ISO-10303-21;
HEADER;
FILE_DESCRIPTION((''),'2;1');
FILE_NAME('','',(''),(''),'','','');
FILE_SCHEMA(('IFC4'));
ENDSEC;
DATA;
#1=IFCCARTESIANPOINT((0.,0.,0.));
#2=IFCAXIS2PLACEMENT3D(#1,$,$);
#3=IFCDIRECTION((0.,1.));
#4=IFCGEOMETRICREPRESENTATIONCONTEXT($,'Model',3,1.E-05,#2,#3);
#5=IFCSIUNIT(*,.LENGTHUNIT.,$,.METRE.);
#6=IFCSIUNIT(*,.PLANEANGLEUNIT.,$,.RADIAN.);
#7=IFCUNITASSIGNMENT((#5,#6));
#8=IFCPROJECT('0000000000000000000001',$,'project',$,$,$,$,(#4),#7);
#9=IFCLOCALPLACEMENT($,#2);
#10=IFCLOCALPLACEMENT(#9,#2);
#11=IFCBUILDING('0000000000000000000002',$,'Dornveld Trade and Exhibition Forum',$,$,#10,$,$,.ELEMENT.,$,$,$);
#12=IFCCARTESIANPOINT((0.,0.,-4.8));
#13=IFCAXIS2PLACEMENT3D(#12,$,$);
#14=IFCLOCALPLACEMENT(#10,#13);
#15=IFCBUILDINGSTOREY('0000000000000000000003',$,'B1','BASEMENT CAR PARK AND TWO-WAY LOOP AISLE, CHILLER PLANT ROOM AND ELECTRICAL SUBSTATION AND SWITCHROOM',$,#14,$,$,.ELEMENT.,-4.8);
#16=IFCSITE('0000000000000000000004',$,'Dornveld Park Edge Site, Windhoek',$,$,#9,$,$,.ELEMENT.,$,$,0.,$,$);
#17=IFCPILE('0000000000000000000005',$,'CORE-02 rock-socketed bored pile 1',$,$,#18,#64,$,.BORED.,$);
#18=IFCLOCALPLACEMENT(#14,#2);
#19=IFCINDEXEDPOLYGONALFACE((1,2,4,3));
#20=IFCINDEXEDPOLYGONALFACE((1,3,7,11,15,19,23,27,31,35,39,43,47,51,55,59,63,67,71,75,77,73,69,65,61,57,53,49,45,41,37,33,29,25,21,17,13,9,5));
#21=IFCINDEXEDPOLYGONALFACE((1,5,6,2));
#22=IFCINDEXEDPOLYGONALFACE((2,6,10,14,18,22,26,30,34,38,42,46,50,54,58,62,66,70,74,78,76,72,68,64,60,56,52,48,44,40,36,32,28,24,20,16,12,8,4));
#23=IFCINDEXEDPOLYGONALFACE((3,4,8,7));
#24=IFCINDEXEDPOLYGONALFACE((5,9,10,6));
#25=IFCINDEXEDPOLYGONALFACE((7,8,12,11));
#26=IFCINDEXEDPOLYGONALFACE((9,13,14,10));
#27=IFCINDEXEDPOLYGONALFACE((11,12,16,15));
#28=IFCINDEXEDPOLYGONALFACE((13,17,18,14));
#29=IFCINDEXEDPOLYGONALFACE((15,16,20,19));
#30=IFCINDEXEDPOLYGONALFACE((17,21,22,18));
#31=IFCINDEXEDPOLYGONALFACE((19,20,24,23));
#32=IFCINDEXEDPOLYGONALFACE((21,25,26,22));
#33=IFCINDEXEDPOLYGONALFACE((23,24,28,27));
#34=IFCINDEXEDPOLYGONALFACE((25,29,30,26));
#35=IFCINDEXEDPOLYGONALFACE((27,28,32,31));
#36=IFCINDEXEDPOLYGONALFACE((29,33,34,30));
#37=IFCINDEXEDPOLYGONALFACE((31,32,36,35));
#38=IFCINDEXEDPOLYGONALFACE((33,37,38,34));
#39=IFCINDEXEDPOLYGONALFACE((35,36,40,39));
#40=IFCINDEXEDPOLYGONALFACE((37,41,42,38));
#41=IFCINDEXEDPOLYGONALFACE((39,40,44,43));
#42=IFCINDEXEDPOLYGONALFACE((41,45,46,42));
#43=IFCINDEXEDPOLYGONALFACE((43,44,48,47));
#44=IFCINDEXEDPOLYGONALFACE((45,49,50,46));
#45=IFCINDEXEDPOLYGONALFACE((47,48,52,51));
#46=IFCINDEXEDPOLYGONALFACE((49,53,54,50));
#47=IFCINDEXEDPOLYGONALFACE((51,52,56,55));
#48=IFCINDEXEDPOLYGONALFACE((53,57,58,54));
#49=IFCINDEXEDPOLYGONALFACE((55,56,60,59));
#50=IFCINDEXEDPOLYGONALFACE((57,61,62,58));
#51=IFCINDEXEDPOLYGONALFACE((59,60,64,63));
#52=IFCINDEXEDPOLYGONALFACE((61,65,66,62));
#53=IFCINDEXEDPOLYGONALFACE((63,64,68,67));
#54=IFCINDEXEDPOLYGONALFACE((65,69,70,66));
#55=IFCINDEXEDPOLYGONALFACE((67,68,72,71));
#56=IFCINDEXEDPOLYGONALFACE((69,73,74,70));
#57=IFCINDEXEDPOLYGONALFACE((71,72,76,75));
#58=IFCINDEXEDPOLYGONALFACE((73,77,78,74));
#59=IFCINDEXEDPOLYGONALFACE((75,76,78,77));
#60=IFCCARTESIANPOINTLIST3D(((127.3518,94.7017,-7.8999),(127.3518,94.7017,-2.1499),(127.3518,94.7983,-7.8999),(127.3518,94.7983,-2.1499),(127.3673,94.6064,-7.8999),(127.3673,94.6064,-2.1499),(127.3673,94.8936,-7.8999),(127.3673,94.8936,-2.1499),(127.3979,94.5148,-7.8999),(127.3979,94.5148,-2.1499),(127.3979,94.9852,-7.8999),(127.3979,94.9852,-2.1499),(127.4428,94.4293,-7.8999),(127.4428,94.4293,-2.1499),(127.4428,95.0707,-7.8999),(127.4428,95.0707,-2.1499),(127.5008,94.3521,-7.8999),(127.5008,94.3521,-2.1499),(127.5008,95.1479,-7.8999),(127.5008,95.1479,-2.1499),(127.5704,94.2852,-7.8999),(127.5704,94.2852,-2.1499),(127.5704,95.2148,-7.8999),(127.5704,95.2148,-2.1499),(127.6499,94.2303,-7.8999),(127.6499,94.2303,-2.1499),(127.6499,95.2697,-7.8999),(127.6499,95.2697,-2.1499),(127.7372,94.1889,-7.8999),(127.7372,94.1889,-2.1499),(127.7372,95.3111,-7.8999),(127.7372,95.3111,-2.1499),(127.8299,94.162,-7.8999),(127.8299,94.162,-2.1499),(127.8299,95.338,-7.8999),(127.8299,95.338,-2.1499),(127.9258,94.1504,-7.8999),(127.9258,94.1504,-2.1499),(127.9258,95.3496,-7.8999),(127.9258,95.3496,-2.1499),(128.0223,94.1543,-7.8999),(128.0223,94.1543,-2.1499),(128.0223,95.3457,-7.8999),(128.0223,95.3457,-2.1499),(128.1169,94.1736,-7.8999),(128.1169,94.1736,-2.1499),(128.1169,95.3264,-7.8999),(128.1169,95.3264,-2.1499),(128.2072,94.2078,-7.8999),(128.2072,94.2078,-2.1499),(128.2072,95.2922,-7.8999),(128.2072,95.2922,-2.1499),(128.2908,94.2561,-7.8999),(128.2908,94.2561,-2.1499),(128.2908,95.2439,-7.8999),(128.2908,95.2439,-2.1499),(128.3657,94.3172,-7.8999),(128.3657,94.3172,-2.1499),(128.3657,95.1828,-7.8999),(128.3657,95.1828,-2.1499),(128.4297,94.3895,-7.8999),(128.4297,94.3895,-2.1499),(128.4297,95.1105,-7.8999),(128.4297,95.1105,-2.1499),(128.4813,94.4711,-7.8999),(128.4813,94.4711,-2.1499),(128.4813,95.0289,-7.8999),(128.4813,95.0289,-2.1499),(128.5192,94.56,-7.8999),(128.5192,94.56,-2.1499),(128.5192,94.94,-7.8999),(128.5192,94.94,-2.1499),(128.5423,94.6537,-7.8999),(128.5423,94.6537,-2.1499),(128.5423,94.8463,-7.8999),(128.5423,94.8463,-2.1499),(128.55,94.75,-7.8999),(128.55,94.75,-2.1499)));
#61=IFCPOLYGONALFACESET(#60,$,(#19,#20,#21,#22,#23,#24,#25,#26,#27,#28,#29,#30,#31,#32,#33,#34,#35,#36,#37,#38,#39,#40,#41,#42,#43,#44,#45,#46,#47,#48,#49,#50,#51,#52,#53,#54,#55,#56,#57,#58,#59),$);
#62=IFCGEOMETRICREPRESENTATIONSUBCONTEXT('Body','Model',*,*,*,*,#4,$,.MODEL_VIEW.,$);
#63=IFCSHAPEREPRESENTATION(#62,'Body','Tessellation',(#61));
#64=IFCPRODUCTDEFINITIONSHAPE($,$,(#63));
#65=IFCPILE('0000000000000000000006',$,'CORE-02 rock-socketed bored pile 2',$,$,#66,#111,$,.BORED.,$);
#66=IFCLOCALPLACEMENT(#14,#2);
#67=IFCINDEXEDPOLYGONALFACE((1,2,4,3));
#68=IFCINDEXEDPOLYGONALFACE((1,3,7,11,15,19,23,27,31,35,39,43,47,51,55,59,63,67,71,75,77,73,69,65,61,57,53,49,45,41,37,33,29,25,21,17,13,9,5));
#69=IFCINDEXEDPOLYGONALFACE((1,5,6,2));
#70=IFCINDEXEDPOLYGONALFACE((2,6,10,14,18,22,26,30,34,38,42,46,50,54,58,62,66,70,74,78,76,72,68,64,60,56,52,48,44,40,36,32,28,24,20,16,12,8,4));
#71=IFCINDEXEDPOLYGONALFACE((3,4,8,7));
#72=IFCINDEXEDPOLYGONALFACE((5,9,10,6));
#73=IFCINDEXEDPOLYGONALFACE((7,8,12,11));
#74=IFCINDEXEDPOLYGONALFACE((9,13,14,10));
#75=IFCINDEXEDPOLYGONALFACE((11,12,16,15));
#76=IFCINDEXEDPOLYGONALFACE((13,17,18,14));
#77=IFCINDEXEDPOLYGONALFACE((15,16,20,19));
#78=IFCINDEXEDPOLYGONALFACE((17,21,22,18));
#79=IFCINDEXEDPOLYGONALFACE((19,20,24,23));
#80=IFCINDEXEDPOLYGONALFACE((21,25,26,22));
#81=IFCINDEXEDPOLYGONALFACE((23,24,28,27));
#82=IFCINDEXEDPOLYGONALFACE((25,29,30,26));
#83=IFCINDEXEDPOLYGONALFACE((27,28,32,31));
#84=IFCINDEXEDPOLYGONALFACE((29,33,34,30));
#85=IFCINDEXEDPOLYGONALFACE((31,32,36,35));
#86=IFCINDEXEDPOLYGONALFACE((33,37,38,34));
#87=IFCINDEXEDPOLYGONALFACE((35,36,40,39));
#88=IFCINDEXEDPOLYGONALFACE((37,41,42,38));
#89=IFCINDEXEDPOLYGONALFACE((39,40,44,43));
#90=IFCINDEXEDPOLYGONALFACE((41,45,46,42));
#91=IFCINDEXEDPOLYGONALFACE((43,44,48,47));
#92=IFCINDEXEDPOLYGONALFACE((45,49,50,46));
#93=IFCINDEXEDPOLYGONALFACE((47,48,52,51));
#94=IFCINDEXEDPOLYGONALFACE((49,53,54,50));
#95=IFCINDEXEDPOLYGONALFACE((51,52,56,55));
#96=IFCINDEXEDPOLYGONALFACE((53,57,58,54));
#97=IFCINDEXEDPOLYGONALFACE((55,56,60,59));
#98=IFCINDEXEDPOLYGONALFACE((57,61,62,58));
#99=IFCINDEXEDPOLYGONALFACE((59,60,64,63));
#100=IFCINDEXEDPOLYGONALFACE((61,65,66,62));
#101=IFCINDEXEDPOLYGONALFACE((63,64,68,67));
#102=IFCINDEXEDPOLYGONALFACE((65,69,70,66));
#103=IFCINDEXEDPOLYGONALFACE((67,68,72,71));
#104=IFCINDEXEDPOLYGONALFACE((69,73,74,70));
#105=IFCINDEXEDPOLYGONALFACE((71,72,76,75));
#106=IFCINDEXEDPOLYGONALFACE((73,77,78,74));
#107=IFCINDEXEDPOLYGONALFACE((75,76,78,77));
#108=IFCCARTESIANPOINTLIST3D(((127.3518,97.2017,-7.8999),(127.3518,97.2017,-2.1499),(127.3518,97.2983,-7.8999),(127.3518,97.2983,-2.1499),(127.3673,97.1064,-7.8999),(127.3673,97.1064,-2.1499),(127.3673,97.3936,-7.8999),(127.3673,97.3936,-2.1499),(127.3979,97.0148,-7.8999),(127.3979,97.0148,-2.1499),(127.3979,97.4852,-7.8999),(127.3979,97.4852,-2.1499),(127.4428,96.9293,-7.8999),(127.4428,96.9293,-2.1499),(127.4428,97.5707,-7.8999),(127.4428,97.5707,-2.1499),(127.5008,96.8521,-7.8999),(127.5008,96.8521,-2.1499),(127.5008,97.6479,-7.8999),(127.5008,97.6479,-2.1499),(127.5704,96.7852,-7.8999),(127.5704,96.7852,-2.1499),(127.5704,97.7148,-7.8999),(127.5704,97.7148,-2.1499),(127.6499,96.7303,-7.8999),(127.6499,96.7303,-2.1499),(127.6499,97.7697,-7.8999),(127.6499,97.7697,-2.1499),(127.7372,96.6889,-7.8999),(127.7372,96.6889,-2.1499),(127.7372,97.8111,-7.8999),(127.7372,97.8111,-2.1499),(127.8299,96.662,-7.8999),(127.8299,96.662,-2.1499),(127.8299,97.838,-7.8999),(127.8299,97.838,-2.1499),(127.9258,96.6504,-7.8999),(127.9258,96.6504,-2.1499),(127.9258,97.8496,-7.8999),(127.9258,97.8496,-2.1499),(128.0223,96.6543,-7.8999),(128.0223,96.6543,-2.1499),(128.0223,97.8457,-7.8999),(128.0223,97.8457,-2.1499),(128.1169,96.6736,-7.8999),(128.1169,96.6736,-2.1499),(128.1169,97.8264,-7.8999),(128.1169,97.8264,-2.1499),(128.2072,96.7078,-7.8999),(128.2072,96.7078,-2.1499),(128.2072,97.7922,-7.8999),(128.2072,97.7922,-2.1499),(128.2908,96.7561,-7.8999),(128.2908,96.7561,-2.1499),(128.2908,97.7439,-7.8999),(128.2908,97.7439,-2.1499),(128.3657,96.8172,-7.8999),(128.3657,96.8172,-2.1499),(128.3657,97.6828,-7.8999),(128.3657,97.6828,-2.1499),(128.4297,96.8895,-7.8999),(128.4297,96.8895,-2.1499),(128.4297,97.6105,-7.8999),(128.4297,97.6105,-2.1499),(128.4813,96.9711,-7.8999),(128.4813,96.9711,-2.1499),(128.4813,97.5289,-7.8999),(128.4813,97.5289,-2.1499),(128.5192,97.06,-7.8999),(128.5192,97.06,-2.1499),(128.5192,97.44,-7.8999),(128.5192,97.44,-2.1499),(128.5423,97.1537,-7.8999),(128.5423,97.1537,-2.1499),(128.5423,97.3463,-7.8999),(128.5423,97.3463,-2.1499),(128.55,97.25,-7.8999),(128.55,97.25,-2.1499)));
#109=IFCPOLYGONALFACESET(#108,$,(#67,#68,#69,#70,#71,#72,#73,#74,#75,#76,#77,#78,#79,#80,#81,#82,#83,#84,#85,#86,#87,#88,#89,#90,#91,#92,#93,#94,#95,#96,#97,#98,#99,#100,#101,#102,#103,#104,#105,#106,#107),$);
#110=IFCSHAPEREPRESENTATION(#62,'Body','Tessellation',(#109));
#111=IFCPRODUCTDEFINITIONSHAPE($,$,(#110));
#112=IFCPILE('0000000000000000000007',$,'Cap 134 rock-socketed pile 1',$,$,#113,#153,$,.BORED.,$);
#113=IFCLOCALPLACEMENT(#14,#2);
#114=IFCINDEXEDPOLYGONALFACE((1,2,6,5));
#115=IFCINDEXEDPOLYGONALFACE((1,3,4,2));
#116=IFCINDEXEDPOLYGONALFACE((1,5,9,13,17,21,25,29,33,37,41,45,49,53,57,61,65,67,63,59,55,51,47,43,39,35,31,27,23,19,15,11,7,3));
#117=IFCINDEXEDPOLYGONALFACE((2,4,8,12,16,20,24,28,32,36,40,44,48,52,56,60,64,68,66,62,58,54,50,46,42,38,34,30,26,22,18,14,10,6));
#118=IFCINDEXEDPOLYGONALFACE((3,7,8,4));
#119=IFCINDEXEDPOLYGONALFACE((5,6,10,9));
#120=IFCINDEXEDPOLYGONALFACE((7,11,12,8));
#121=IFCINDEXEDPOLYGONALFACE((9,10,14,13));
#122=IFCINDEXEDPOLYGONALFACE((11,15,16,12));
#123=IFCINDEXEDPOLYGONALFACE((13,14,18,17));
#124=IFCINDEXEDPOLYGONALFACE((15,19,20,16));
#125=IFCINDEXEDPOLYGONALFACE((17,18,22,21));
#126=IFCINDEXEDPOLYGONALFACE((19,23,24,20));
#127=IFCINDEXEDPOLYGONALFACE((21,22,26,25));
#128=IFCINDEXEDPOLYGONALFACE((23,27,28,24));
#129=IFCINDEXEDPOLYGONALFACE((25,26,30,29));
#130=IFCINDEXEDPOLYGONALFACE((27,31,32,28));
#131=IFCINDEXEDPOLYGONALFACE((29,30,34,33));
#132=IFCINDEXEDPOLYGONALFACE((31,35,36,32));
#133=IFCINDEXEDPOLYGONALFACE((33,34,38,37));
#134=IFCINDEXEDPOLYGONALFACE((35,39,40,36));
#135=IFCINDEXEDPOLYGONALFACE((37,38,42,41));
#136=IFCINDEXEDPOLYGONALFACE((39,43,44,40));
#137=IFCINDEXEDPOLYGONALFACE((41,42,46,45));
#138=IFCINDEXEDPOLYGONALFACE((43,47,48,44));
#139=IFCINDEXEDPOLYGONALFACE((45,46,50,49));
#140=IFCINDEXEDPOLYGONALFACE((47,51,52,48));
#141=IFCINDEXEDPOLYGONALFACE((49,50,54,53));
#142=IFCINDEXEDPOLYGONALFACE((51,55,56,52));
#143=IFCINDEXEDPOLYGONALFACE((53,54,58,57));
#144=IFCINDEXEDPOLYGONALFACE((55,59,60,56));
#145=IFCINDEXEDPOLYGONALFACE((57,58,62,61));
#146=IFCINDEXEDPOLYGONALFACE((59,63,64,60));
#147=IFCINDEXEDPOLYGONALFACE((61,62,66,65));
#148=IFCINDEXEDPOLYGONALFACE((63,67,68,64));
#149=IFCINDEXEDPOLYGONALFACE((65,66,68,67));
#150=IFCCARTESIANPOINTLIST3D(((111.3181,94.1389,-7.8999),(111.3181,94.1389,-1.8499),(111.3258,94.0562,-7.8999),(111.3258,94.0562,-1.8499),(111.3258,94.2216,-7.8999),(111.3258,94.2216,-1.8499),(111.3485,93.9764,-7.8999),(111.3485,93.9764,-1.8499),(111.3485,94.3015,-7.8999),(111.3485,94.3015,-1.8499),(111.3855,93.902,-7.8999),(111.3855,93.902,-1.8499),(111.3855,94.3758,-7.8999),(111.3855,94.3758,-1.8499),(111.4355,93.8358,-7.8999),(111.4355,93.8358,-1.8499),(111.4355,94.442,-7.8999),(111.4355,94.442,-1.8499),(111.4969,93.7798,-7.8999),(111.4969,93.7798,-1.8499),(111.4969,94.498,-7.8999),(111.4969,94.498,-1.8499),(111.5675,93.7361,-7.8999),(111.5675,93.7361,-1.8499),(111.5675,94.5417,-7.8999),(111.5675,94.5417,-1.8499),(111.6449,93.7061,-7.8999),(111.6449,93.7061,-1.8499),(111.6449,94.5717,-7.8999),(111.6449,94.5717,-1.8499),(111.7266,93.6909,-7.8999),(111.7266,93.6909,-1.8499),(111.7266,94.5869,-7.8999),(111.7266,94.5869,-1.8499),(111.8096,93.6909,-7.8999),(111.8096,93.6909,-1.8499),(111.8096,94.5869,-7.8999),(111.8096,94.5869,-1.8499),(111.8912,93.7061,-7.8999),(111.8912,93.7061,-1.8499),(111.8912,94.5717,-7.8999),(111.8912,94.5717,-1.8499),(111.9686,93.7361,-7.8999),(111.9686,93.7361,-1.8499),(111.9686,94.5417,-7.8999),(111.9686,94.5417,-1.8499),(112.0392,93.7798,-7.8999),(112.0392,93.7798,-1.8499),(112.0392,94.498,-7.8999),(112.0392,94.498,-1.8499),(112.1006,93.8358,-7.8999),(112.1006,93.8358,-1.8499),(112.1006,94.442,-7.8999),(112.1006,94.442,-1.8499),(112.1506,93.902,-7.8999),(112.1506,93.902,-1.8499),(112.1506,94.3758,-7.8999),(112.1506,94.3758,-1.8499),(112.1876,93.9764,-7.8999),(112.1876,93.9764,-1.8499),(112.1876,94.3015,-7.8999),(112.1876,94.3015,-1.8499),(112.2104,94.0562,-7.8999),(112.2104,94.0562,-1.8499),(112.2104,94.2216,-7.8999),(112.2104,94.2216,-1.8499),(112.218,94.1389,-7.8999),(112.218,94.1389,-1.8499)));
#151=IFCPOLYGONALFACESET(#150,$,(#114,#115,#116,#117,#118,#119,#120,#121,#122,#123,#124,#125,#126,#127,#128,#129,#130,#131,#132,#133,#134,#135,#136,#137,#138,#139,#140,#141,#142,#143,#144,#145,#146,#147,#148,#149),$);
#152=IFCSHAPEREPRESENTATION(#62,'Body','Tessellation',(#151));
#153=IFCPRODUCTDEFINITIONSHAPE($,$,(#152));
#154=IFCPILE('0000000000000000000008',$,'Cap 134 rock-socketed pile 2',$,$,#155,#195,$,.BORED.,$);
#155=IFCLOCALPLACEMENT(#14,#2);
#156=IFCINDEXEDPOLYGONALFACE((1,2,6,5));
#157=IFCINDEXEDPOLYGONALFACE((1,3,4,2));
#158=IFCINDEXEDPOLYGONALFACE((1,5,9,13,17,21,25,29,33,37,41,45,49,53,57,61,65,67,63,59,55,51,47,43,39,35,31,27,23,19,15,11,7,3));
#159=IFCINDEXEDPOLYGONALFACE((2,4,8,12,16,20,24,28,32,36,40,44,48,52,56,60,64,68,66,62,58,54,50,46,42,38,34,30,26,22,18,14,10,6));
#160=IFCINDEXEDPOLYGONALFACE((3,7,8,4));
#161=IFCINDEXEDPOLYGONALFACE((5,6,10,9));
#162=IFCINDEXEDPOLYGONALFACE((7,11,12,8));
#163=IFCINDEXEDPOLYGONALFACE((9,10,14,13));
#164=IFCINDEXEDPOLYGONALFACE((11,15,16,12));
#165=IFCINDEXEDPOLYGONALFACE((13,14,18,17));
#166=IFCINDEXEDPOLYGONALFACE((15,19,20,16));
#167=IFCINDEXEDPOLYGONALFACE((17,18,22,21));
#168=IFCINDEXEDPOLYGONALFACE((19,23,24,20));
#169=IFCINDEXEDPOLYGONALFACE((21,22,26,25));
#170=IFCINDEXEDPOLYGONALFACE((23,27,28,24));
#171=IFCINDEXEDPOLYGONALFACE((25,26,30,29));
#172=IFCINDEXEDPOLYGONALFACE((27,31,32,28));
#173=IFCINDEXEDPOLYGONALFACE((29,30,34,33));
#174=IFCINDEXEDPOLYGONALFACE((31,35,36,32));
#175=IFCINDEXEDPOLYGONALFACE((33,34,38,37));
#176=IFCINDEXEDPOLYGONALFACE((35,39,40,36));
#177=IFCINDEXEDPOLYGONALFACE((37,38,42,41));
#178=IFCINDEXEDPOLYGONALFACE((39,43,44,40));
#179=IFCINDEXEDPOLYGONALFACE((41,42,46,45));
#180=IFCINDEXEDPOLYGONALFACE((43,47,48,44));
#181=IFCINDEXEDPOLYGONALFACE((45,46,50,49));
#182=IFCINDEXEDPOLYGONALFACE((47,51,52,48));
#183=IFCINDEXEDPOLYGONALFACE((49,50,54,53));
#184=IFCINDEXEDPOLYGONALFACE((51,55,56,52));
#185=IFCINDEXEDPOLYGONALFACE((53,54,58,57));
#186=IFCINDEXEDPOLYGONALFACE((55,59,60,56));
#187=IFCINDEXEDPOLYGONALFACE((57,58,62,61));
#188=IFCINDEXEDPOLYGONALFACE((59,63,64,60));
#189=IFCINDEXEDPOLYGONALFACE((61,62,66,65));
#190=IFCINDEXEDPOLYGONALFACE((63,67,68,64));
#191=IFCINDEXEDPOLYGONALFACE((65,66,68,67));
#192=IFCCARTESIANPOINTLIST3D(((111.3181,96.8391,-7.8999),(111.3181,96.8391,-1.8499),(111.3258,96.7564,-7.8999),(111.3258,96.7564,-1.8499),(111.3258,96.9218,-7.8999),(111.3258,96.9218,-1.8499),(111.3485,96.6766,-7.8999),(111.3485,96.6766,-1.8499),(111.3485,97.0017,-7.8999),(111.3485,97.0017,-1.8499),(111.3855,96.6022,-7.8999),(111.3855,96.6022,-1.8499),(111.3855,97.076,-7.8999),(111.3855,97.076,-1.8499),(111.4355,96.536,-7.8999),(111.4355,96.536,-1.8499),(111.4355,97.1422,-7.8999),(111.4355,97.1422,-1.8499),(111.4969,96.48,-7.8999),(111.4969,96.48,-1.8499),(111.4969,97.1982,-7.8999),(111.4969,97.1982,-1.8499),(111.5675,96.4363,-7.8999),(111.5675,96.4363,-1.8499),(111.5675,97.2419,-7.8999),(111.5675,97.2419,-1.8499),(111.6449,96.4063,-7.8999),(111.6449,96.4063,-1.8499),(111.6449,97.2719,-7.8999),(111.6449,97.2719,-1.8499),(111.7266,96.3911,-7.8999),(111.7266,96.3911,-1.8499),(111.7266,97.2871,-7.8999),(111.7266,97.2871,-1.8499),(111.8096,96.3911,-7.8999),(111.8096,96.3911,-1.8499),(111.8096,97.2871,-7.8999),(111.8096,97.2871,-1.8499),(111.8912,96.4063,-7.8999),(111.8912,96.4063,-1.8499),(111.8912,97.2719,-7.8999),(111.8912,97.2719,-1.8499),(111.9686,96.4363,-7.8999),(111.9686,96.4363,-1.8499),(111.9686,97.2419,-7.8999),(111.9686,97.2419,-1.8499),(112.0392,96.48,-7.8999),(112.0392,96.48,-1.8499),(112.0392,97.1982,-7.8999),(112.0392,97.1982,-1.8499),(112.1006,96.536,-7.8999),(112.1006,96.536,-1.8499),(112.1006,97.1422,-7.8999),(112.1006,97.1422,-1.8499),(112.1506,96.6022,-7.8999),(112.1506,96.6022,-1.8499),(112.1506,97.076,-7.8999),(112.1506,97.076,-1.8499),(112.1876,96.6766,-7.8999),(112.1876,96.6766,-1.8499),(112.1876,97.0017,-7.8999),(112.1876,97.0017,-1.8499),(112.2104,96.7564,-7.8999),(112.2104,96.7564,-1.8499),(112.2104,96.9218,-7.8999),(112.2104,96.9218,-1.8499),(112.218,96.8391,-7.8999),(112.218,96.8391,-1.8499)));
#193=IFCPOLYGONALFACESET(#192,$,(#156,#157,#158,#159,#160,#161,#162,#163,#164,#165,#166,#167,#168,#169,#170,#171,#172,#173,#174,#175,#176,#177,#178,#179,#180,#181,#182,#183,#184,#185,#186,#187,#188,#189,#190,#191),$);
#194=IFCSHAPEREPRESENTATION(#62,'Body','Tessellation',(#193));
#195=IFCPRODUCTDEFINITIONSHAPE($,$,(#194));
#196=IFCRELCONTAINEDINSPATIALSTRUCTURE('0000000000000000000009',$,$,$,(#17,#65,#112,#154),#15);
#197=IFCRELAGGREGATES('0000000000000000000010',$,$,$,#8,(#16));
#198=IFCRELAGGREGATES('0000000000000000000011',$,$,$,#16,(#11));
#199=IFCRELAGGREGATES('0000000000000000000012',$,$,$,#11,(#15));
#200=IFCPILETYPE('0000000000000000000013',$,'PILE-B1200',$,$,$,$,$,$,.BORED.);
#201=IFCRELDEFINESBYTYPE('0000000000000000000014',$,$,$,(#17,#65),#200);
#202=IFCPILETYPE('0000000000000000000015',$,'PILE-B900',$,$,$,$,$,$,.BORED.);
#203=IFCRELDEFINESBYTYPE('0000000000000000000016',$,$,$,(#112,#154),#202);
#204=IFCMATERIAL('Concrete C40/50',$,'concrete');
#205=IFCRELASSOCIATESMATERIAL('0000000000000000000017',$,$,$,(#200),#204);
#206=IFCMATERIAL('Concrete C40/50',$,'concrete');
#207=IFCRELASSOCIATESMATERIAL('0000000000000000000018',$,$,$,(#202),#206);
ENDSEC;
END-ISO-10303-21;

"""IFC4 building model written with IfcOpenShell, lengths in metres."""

from ifc_helpers import new_model, si_unit, direction, frame, origin, origin_2d, place, context, subcontext, project, spatial, circle, extrude, material, material_profile, profile_set, type_object, element, save


model = new_model("IFC4")

# Units and contexts
model_context = context("Model", 3, precision=1e-05, world=origin(), true_north=direction((0.0, 1.0)))
body_context = subcontext(model_context, "Body", "Model", "MODEL_VIEW")
ifc_project = project(units=[si_unit("LENGTHUNIT", "METRE"), si_unit("PLANEANGLEUNIT", "RADIAN")], contexts=[model_context])

# Site, building, storey
site_placement = place(None, origin())
site = spatial("IfcSite", under=ifc_project, at=site_placement, Name="Dornveld Park Edge Site, Windhoek", CompositionType="ELEMENT", RefElevation=0.0)
building_placement = place(site_placement, origin())
building = spatial("IfcBuilding", under=site, at=building_placement, Name="Dornveld Trade and Exhibition Forum", CompositionType="ELEMENT")
storey_placement = place(building_placement, frame((0.0, 0.0, -4.8)))
storey = spatial("IfcBuildingStorey", under=building, at=storey_placement, Name="B1", Description="BASEMENT CAR PARK AND TWO-WAY LOOP AISLE, CHILLER PLANT ROOM AND ELECTRICAL SUBSTATION AND SWITCHROOM", CompositionType="ELEMENT", Elevation=-4.8)

# Piles
ifc_material_1 = material(Name="Concrete C40/50", Category="concrete")
ifc_material_profile_1 = material_profile(ifc_material_1, circle(Radius=0.6001, at=origin_2d()), Name="PILE D1200")
ifc_profile_set_1 = profile_set([ifc_material_profile_1], Name="Concrete C40/50")
pile_type_1 = type_object("IfcPileType", Name="PILE-B1200", PredefinedType="BORED", material=ifc_profile_set_1)
for number, where, z_axis, x_axis, name in (
    (1, (127.95, 94.75, -2.1499), (0.0, 0.0, -1.0), (1.0, 0.0, 0.0), "CORE-02 rock-socketed bored pile 1"),
    (2, (127.95, 97.25, -2.1499), (0.0, 0.0, -1.0), (1.0, 0.0, 0.0), "CORE-02 rock-socketed bored pile 2"),
):
    element("IfcPile", number, at=place(storey_placement, frame(where, z_axis=z_axis, x_axis=x_axis)), inside=storey, type_object=pile_type_1, Name=name, PredefinedType="BORED", context=body_context, shape_type="SweptSolid", body=[
        extrude(circle(Radius=0.6001, at=origin_2d()), origin(), (0.0, 0.0, 1.0), 5.75),
    ])
ifc_material_2 = material(Name="Concrete C40/50", Category="concrete")
ifc_material_profile_2 = material_profile(ifc_material_2, circle(Radius=0.45, at=origin_2d()), Name="PILE D900")
ifc_profile_set_2 = profile_set([ifc_material_profile_2], Name="Concrete C40/50")
pile_type_2 = type_object("IfcPileType", Name="PILE-B900", PredefinedType="BORED", material=ifc_profile_set_2)
for number, where, z_axis, x_axis, name in (
    (3, (111.7681, 94.1389, -1.8499), (0.0, 0.0, -1.0), (1.0, 0.0, 0.0), "Cap 134 rock-socketed pile 1"),
    (4, (111.7681, 96.8391, -1.8499), (0.0, 0.0, -1.0), (1.0, 0.0, 0.0), "Cap 134 rock-socketed pile 2"),
):
    element("IfcPile", number, at=place(storey_placement, frame(where, z_axis=z_axis, x_axis=x_axis)), inside=storey, type_object=pile_type_2, Name=name, PredefinedType="BORED", context=body_context, shape_type="SweptSolid", body=[
        extrude(circle(Radius=0.45, at=origin_2d()), origin(), (0.0, 0.0, 1.0), 6.05),
    ])

save(model, "model.ifc")
